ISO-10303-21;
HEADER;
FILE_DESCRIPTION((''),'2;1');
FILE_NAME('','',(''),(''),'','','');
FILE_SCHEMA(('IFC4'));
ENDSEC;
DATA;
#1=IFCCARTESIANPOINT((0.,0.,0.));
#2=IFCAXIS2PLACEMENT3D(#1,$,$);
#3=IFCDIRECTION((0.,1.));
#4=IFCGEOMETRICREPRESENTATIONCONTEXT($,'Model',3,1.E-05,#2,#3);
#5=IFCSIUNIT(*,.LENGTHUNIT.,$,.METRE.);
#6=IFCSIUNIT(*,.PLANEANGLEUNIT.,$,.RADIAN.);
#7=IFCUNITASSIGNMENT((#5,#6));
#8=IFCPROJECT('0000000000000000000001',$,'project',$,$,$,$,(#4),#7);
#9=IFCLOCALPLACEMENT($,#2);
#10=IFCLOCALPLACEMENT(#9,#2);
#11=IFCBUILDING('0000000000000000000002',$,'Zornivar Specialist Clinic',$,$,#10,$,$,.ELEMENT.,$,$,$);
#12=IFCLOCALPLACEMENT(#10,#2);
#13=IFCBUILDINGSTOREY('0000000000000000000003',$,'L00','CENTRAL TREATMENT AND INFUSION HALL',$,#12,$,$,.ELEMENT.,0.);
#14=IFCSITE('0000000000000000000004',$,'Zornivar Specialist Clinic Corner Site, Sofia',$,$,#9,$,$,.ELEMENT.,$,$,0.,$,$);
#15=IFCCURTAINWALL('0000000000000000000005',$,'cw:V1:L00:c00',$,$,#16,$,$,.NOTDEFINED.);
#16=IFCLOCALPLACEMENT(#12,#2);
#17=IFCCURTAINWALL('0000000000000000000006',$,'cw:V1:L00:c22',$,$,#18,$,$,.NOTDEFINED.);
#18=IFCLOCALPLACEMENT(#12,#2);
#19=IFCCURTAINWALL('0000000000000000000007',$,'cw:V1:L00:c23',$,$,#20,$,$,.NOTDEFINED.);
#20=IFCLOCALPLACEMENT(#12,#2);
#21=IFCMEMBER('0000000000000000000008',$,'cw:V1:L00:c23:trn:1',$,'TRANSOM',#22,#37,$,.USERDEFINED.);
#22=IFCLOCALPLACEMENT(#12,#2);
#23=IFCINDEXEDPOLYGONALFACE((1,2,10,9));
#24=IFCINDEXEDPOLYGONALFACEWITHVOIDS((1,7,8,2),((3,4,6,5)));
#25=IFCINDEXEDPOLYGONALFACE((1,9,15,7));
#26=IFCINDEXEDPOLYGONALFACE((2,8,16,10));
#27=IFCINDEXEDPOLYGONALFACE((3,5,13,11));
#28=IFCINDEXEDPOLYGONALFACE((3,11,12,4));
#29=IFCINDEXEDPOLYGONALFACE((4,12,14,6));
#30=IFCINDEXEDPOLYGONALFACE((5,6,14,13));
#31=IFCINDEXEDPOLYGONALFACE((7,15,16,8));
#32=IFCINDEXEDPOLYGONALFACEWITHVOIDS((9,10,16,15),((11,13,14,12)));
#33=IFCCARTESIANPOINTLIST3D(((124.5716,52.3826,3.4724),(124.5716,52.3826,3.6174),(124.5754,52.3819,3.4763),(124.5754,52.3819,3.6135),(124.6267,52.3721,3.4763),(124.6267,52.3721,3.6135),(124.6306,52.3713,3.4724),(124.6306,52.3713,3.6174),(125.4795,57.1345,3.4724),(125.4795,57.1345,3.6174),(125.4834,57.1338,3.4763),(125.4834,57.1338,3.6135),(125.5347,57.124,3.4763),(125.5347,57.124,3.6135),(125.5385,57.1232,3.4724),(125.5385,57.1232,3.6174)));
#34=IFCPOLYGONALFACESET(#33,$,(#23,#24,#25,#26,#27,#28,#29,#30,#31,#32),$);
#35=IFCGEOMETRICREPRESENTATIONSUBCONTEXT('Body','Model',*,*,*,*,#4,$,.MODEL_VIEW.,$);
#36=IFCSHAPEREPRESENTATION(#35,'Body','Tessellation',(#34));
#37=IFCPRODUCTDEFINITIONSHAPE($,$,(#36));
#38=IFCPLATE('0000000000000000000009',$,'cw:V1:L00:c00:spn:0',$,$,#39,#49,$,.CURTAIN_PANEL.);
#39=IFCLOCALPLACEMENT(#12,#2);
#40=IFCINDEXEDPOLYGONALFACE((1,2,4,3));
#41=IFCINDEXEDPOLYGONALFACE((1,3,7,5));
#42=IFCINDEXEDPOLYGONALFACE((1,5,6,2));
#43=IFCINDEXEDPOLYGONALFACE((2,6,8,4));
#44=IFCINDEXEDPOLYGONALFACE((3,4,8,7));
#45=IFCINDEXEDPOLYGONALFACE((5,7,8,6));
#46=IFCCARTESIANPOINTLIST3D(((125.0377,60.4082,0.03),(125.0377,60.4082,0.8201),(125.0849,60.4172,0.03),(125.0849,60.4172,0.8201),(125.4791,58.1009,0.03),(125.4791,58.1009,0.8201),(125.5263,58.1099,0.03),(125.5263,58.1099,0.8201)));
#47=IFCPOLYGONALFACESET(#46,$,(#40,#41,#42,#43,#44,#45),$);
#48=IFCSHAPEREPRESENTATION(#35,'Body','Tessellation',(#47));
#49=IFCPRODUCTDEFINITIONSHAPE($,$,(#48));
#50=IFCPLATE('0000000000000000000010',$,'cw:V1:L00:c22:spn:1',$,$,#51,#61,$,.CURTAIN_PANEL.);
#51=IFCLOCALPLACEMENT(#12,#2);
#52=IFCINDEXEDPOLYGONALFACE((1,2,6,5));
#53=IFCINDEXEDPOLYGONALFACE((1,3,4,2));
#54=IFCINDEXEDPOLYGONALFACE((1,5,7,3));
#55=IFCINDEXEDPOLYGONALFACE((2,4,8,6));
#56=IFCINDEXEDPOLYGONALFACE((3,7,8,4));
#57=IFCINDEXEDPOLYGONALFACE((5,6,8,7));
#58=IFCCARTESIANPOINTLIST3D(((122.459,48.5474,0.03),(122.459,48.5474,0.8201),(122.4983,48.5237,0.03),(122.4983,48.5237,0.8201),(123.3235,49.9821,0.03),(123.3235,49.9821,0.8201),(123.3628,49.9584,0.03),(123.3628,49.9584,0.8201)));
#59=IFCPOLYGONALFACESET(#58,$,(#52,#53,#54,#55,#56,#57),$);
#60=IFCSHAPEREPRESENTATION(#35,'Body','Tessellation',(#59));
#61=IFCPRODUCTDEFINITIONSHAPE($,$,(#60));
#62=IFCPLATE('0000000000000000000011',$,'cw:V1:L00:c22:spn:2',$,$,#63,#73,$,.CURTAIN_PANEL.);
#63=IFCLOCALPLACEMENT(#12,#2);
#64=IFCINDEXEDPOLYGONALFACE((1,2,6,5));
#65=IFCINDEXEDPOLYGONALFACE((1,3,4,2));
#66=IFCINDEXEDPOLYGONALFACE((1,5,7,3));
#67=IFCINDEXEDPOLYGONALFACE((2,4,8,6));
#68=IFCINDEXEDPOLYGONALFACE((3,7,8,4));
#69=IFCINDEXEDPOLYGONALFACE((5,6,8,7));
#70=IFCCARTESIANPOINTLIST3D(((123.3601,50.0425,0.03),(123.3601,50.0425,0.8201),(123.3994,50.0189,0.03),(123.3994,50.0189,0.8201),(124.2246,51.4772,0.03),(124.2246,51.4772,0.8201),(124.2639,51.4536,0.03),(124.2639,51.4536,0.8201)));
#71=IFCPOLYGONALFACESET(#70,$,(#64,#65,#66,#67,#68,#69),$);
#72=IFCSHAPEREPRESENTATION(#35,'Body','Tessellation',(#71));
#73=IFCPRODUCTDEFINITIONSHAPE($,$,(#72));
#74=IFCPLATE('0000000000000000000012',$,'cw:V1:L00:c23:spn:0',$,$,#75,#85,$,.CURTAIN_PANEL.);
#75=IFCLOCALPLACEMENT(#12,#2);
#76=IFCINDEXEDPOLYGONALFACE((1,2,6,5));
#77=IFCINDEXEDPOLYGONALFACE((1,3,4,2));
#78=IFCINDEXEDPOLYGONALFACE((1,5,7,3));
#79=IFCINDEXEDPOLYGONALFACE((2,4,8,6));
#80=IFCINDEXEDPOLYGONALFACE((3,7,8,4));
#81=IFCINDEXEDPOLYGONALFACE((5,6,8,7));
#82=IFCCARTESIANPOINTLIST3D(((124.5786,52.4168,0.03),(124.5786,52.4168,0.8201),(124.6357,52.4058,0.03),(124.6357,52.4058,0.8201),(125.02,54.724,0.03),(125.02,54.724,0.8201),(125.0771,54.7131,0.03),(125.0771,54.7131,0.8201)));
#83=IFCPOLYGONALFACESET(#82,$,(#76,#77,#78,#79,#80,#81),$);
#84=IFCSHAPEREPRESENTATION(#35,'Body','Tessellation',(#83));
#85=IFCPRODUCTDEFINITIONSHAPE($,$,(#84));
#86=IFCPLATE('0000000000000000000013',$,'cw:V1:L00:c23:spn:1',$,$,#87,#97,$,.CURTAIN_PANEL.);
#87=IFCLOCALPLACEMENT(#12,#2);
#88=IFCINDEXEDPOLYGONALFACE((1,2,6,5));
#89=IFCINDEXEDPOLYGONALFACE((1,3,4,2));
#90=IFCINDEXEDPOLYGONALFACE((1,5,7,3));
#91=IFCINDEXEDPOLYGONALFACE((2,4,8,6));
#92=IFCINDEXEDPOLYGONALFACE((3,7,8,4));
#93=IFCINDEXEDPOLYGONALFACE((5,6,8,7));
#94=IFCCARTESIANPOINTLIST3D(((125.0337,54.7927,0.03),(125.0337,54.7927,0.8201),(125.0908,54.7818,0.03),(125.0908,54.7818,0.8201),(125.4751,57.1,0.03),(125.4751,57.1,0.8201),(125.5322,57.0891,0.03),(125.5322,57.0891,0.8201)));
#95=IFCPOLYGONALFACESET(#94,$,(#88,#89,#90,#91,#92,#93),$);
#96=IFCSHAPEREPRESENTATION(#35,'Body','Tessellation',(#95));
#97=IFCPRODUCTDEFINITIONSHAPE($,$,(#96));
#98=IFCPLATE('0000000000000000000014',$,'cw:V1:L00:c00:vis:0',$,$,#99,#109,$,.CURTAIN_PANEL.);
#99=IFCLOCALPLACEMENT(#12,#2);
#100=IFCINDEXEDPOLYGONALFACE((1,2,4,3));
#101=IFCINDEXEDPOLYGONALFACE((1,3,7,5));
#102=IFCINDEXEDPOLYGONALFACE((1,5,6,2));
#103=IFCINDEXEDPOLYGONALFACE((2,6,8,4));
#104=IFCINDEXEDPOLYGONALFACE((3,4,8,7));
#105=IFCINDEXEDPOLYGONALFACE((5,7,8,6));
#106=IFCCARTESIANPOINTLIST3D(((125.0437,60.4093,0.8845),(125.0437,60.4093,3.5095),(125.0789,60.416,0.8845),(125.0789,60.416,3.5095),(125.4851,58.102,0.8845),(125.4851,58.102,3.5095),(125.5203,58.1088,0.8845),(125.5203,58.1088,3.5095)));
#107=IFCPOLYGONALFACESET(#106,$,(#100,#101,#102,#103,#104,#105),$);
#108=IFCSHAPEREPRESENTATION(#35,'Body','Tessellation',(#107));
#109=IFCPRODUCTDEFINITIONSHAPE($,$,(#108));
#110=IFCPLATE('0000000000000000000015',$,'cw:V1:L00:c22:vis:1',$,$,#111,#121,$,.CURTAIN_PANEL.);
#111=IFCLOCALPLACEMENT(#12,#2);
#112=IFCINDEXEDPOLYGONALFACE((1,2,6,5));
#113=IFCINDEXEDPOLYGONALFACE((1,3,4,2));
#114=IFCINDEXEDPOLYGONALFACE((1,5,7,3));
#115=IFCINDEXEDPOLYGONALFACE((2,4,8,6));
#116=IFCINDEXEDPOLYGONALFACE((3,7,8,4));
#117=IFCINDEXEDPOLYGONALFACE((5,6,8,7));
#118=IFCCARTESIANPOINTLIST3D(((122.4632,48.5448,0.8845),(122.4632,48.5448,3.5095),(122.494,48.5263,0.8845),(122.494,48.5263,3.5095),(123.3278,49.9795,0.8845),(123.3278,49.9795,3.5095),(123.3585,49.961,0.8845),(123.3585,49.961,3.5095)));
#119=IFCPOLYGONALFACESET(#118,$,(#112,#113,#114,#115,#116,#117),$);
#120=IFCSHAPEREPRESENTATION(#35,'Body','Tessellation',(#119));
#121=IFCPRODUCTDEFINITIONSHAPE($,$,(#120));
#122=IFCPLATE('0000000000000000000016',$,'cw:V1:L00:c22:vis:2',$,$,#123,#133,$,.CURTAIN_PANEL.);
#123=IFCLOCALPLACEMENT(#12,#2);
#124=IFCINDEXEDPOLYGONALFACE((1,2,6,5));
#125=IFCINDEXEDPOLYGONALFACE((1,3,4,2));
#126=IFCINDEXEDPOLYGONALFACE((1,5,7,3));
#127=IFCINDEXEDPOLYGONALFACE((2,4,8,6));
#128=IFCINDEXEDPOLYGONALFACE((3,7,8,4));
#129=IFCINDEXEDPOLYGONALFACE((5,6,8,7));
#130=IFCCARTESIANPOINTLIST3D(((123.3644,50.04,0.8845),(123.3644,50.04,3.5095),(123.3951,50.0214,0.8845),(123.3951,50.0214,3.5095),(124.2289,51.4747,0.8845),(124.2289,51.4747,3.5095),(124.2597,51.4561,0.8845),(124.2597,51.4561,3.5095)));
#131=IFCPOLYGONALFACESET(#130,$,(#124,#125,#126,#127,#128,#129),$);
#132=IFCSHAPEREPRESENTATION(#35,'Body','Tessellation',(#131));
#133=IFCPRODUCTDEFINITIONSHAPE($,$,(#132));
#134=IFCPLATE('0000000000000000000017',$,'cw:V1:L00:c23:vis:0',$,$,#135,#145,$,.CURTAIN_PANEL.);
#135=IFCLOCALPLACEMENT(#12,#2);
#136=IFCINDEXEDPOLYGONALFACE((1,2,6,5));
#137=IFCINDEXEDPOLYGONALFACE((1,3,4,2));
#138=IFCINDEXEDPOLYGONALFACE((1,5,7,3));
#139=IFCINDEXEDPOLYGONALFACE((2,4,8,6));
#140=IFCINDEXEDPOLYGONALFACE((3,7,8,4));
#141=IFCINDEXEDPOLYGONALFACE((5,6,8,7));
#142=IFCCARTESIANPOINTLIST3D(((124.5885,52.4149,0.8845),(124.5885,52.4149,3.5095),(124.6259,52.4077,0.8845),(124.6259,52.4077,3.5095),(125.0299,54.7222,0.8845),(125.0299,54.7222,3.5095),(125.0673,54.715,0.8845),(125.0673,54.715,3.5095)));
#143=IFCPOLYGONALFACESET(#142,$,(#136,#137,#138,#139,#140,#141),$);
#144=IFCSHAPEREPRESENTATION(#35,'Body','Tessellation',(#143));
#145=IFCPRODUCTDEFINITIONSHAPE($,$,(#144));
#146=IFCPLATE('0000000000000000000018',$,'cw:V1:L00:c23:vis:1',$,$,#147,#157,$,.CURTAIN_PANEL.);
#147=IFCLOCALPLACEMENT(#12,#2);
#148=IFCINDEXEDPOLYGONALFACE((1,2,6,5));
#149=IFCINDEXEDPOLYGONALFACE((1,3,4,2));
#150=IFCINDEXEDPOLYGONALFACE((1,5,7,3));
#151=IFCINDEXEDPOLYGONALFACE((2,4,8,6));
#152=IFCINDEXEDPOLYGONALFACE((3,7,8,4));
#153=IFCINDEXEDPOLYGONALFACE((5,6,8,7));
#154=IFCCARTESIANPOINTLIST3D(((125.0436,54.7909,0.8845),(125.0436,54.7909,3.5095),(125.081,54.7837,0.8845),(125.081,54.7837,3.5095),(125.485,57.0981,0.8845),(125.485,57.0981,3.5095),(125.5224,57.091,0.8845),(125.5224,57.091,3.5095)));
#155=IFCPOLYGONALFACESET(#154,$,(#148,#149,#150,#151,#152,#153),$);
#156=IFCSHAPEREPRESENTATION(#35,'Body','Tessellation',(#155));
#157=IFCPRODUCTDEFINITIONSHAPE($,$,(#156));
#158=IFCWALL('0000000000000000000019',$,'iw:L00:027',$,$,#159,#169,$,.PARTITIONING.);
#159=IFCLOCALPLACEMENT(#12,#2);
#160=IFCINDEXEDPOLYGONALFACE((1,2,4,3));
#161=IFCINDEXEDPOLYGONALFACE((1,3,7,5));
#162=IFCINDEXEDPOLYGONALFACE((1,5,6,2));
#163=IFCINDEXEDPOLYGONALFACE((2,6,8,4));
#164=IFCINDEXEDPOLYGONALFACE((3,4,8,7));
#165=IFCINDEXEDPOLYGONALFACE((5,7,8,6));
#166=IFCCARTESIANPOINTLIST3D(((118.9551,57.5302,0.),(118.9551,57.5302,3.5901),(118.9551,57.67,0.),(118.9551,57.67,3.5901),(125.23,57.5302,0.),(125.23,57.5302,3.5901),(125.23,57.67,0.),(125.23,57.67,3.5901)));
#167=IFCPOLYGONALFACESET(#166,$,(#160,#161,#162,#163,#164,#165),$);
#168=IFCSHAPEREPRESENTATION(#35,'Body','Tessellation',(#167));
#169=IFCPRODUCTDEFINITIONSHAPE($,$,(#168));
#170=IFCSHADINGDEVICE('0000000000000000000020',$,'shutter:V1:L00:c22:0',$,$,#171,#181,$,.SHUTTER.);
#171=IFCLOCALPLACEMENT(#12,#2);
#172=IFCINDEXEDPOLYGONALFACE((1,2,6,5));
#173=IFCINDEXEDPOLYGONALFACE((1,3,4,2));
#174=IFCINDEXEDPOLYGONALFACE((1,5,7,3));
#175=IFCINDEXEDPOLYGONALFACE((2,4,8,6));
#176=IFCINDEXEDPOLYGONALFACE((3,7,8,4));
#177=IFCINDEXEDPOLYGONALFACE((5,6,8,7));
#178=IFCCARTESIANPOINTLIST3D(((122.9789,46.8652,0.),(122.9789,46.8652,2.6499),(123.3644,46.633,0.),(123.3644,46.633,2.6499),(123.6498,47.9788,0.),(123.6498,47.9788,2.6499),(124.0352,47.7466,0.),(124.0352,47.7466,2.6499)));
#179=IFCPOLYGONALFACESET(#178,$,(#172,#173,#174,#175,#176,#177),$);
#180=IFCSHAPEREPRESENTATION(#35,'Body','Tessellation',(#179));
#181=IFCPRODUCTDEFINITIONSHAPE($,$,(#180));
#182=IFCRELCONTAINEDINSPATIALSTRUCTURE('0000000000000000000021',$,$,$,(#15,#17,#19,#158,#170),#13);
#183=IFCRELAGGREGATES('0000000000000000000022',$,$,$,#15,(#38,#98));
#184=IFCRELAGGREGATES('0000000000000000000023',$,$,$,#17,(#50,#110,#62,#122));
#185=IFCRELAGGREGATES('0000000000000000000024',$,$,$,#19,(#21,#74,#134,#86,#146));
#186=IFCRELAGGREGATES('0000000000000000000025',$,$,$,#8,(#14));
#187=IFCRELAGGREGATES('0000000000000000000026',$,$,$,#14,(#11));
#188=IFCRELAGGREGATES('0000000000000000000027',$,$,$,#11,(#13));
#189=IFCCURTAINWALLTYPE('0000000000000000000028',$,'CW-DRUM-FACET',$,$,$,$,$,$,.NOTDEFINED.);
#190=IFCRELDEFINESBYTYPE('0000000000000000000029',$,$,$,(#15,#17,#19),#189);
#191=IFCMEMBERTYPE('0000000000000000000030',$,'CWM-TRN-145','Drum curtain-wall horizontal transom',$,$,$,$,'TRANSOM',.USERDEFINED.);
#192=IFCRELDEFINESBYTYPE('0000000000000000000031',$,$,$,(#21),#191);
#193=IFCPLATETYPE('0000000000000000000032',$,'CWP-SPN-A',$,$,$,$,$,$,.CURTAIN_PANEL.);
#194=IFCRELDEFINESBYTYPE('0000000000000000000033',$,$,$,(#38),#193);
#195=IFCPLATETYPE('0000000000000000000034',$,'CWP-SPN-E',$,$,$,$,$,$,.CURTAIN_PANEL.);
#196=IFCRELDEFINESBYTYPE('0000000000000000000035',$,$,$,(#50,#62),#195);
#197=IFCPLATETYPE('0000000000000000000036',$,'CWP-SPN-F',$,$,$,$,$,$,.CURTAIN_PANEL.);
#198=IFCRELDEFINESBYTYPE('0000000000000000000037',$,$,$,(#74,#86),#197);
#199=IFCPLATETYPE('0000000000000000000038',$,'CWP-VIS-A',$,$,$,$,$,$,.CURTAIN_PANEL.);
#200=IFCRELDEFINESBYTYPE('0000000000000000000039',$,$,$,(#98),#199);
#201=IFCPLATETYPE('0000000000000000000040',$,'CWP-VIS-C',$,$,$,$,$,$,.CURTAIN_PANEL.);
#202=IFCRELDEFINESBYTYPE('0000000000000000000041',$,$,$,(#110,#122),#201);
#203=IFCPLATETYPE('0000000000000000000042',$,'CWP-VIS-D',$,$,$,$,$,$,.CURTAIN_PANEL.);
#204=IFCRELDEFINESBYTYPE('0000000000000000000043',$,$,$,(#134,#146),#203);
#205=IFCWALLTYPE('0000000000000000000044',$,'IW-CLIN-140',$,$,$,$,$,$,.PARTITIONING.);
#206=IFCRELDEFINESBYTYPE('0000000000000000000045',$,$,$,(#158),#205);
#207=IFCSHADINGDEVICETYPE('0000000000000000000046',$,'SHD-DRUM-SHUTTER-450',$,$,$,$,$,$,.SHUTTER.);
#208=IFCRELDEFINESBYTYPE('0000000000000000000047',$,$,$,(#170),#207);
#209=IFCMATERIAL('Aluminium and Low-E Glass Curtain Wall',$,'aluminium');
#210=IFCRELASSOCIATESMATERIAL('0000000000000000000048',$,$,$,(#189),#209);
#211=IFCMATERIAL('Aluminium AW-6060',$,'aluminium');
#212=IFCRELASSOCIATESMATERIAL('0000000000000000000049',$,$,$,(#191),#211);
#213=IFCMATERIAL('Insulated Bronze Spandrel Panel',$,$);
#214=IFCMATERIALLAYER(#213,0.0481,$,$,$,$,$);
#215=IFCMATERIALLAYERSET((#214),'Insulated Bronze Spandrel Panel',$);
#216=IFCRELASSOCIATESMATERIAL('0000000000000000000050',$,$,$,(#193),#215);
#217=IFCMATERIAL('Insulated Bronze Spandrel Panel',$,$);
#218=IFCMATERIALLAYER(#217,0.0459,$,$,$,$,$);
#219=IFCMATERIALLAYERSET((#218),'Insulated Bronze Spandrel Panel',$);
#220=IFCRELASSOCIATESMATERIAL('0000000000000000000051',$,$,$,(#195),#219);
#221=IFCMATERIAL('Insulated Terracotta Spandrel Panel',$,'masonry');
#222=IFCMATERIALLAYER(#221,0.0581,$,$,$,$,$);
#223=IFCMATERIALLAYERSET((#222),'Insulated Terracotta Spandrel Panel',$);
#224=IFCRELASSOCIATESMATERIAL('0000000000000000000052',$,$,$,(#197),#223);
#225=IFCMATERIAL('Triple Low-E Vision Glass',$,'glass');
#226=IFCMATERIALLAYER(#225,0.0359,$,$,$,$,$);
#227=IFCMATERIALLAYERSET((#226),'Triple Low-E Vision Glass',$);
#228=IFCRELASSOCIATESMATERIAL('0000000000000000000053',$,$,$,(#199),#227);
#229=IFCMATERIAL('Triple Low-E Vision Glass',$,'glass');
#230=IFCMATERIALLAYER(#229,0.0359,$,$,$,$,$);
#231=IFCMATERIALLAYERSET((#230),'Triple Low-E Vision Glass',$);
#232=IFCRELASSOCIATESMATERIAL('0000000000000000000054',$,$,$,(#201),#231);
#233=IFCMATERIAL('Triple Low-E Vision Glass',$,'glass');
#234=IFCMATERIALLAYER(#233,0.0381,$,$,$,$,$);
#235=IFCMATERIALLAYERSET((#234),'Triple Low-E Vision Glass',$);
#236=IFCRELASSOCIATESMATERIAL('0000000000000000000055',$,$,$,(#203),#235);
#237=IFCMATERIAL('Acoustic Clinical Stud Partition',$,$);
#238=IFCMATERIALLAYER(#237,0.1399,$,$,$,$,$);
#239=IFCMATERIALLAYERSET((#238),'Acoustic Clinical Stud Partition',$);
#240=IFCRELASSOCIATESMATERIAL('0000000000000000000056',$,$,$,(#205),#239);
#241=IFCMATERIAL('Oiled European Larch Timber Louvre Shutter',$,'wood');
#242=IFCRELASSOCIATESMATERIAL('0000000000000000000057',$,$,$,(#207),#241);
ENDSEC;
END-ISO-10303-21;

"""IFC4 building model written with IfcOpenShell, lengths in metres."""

from ifc_helpers import new_model, si_unit, direction, frame, frame_2d, origin, origin_2d, place, context, subcontext, project, spatial, rectangle, hollow_rectangle, extrude, material, layer, layer_set, material_profile, profile_set, type_object, element, aggregate, save


model = new_model("IFC4")

# Units and contexts
model_context = context("Model", 3, precision=1e-05, world=origin(), true_north=direction((0.0, 1.0)))
body_context = subcontext(model_context, "Body", "Model", "MODEL_VIEW")
ifc_project = project(units=[si_unit("LENGTHUNIT", "METRE"), si_unit("PLANEANGLEUNIT", "RADIAN")], contexts=[model_context])

# Site, building, storey
site_placement = place(None, origin())
site = spatial("IfcSite", under=ifc_project, at=site_placement, Name="Zornivar Specialist Clinic Corner Site, Sofia", CompositionType="ELEMENT", RefElevation=0.0)
building_placement = place(site_placement, origin())
building = spatial("IfcBuilding", under=site, at=building_placement, Name="Zornivar Specialist Clinic", CompositionType="ELEMENT")
storey_placement = place(building_placement, origin())
storey = spatial("IfcBuildingStorey", under=building, at=storey_placement, Name="L00", Description="CENTRAL TREATMENT AND INFUSION HALL", CompositionType="ELEMENT", Elevation=0.0)

# Curtain walls
ifc_material_1 = material(Name="Aluminium and Low-E Glass Curtain Wall", Category="aluminium")
curtain_wall_type = type_object("IfcCurtainWallType", Name="CW-DRUM-FACET", PredefinedType="NOTDEFINED", material=ifc_material_1)
curtain_wall_1_placement = place(storey_placement, origin())
curtain_wall_1 = element("IfcCurtainWall", 1, at=curtain_wall_1_placement, inside=storey, type_object=curtain_wall_type, Name="cw:V1:L00:c00", PredefinedType="NOTDEFINED")
curtain_wall_2_placement = place(storey_placement, origin())
curtain_wall_2 = element("IfcCurtainWall", 2, at=curtain_wall_2_placement, inside=storey, type_object=curtain_wall_type, Name="cw:V1:L00:c22", PredefinedType="NOTDEFINED")
curtain_wall_3_placement = place(storey_placement, origin())
curtain_wall_3 = element("IfcCurtainWall", 3, at=curtain_wall_3_placement, inside=storey, type_object=curtain_wall_type, Name="cw:V1:L00:c23", PredefinedType="NOTDEFINED")

# Member
ifc_material_2 = material(Name="Aluminium AW-6060", Category="aluminium")
ifc_material_profile_1 = material_profile(ifc_material_2, hollow_rectangle(XDim=0.0601, YDim=0.145, WallThickness=0.0039, at=origin_2d()), Name="ALU 60x145x4")
ifc_profile_set_1 = profile_set([ifc_material_profile_1], Name="Aluminium AW-6060")
member_type_1 = type_object("IfcMemberType", Name="CWM-TRN-145", Description="Drum curtain-wall horizontal transom", ElementType="TRANSOM", PredefinedType="USERDEFINED", material=ifc_profile_set_1)
member_1_placement = place(storey_placement, frame((124.6011, 52.377, 3.5449), z_axis=(0.187676, 0.982231, 0.0), x_axis=(-0.982231, 0.187676, 0.0)))
member_1 = element("IfcMember", 4, at=member_1_placement, type_object=member_type_1, Name="cw:V1:L00:c23:trn:1", ObjectType="TRANSOM", PredefinedType="USERDEFINED", context=body_context, shape_type="SweptSolid", body=[
    extrude(hollow_rectangle(XDim=0.0601, YDim=0.145, WallThickness=0.0039, at=origin_2d()), origin(), (0.0, 0.0, 1.0), 4.8379),
])

# Plates
ifc_material_3 = material(Name="Insulated Bronze Spandrel Panel")
ifc_layer_1 = layer(ifc_material_3, 0.0481)
ifc_layer_set_1 = layer_set([ifc_layer_1], Name="Insulated Bronze Spandrel Panel")
plate_type_1 = type_object("IfcPlateType", Name="CWP-SPN-A", PredefinedType="CURTAIN_PANEL", material=ifc_layer_set_1)
plate_1_placement = place(storey_placement, frame((125.282, 59.259, 0.03), z_axis=(0.0, 0.0, 1.0), x_axis=(-0.187897, 0.982189, 0.0)))
plate_1 = element("IfcPlate", 5, at=plate_1_placement, type_object=plate_type_1, Name="cw:V1:L00:c00:spn:0", PredefinedType="CURTAIN_PANEL", context=body_context, shape_type="SweptSolid", body=[
    extrude(rectangle(XDim=2.3491, YDim=0.0481, at=origin_2d()), origin(), (0.0, 0.0, 1.0), 0.79),
])
ifc_material_4 = material(Name="Insulated Bronze Spandrel Panel")
ifc_layer_2 = layer(ifc_material_4, 0.0459)
ifc_layer_set_2 = layer_set([ifc_layer_2], Name="Insulated Bronze Spandrel Panel")
plate_type_2 = type_object("IfcPlateType", Name="CWP-SPN-E", PredefinedType="CURTAIN_PANEL", material=ifc_layer_set_2)
plate_2_placement = place(storey_placement, frame((122.9109, 49.2529, 0.03), z_axis=(0.0, 0.0, 1.0), x_axis=(0.516127, 0.856512, 0.0)))
plate_2 = element("IfcPlate", 6, at=plate_2_placement, type_object=plate_type_2, Name="cw:V1:L00:c22:spn:1", PredefinedType="CURTAIN_PANEL", context=body_context, shape_type="SweptSolid", body=[
    extrude(rectangle(XDim=1.675, YDim=0.0459, at=origin_2d()), origin(), (0.0, 0.0, 1.0), 0.79),
])
plate_3_placement = place(storey_placement, frame((123.812, 50.748, 0.03), z_axis=(0.0, 0.0, 1.0), x_axis=(0.516127, 0.856512, 0.0)))
plate_3 = element("IfcPlate", 7, at=plate_3_placement, type_object=plate_type_2, Name="cw:V1:L00:c22:spn:2", PredefinedType="CURTAIN_PANEL", context=body_context, shape_type="SweptSolid", body=[
    extrude(rectangle(XDim=1.675, YDim=0.0459, at=origin_2d()), origin(), (0.0, 0.0, 1.0), 0.79),
])
ifc_material_5 = material(Name="Insulated Terracotta Spandrel Panel", Category="masonry")
ifc_layer_3 = layer(ifc_material_5, 0.0581)
ifc_layer_set_3 = layer_set([ifc_layer_3], Name="Insulated Terracotta Spandrel Panel")
plate_type_3 = type_object("IfcPlateType", Name="CWP-SPN-F", PredefinedType="CURTAIN_PANEL", material=ifc_layer_set_3)
plate_4_placement = place(storey_placement, frame((124.8279, 53.5649, 0.03), z_axis=(0.0, 0.0, 1.0), x_axis=(0.187897, 0.982189, 0.0)))
plate_4 = element("IfcPlate", 8, at=plate_4_placement, type_object=plate_type_3, Name="cw:V1:L00:c23:spn:0", PredefinedType="CURTAIN_PANEL", context=body_context, shape_type="SweptSolid", body=[
    extrude(rectangle(XDim=2.3491, YDim=0.0581, at=origin_2d()), origin(), (0.0, 0.0, 1.0), 0.79),
])
plate_5_placement = place(storey_placement, frame((125.283, 55.9409, 0.03), z_axis=(0.0, 0.0, 1.0), x_axis=(0.187897, 0.982189, 0.0)))
plate_5 = element("IfcPlate", 9, at=plate_5_placement, type_object=plate_type_3, Name="cw:V1:L00:c23:spn:1", PredefinedType="CURTAIN_PANEL", context=body_context, shape_type="SweptSolid", body=[
    extrude(rectangle(XDim=2.3491, YDim=0.0581, at=origin_2d()), origin(), (0.0, 0.0, 1.0), 0.79),
])
ifc_material_6 = material(Name="Triple Low-E Vision Glass", Category="glass")
ifc_layer_4 = layer(ifc_material_6, 0.0359)
ifc_layer_set_4 = layer_set([ifc_layer_4], Name="Triple Low-E Vision Glass")
plate_type_4 = type_object("IfcPlateType", Name="CWP-VIS-A", PredefinedType="CURTAIN_PANEL", material=ifc_layer_set_4)
plate_6_placement = place(storey_placement, frame((125.282, 59.259, 0.8845), z_axis=(0.0, 0.0, 1.0), x_axis=(-0.187897, 0.982189, 0.0)))
plate_6 = element("IfcPlate", 10, at=plate_6_placement, type_object=plate_type_4, Name="cw:V1:L00:c00:vis:0", PredefinedType="CURTAIN_PANEL", context=body_context, shape_type="SweptSolid", body=[
    extrude(rectangle(XDim=2.3491, YDim=0.0359, at=origin_2d()), origin(), (0.0, 0.0, 1.0), 2.625),
])
aggregate(curtain_wall_1, [plate_1, plate_6])
ifc_material_7 = material(Name="Triple Low-E Vision Glass", Category="glass")
ifc_layer_5 = layer(ifc_material_7, 0.0359)
ifc_layer_set_5 = layer_set([ifc_layer_5], Name="Triple Low-E Vision Glass")
plate_type_5 = type_object("IfcPlateType", Name="CWP-VIS-C", PredefinedType="CURTAIN_PANEL", material=ifc_layer_set_5)
plate_7_placement = place(storey_placement, frame((122.9109, 49.2529, 0.8845), z_axis=(0.0, 0.0, 1.0), x_axis=(0.516127, 0.856512, 0.0)))
plate_7 = element("IfcPlate", 11, at=plate_7_placement, type_object=plate_type_5, Name="cw:V1:L00:c22:vis:1", PredefinedType="CURTAIN_PANEL", context=body_context, shape_type="SweptSolid", body=[
    extrude(rectangle(XDim=1.675, YDim=0.0359, at=origin_2d()), origin(), (0.0, 0.0, 1.0), 2.625),
])
plate_8_placement = place(storey_placement, frame((123.812, 50.748, 0.8845), z_axis=(0.0, 0.0, 1.0), x_axis=(0.516127, 0.856512, 0.0)))
plate_8 = element("IfcPlate", 12, at=plate_8_placement, type_object=plate_type_5, Name="cw:V1:L00:c22:vis:2", PredefinedType="CURTAIN_PANEL", context=body_context, shape_type="SweptSolid", body=[
    extrude(rectangle(XDim=1.675, YDim=0.0359, at=origin_2d()), origin(), (0.0, 0.0, 1.0), 2.625),
])
aggregate(curtain_wall_2, [plate_2, plate_7, plate_3, plate_8])
ifc_material_8 = material(Name="Triple Low-E Vision Glass", Category="glass")
ifc_layer_6 = layer(ifc_material_8, 0.0381)
ifc_layer_set_6 = layer_set([ifc_layer_6], Name="Triple Low-E Vision Glass")
plate_type_6 = type_object("IfcPlateType", Name="CWP-VIS-D", PredefinedType="CURTAIN_PANEL", material=ifc_layer_set_6)
plate_9_placement = place(storey_placement, frame((124.8279, 53.5649, 0.8845), z_axis=(0.0, 0.0, 1.0), x_axis=(0.187897, 0.982189, 0.0)))
plate_9 = element("IfcPlate", 13, at=plate_9_placement, type_object=plate_type_6, Name="cw:V1:L00:c23:vis:0", PredefinedType="CURTAIN_PANEL", context=body_context, shape_type="SweptSolid", body=[
    extrude(rectangle(XDim=2.3491, YDim=0.0381, at=origin_2d()), origin(), (0.0, 0.0, 1.0), 2.625),
])
plate_10_placement = place(storey_placement, frame((125.283, 55.9409, 0.8845), z_axis=(0.0, 0.0, 1.0), x_axis=(0.187897, 0.982189, 0.0)))
plate_10 = element("IfcPlate", 14, at=plate_10_placement, type_object=plate_type_6, Name="cw:V1:L00:c23:vis:1", PredefinedType="CURTAIN_PANEL", context=body_context, shape_type="SweptSolid", body=[
    extrude(rectangle(XDim=2.3491, YDim=0.0381, at=origin_2d()), origin(), (0.0, 0.0, 1.0), 2.625),
])
aggregate(curtain_wall_3, [member_1, plate_4, plate_9, plate_5, plate_10])

# Wall
ifc_material_9 = material(Name="Acoustic Clinical Stud Partition")
ifc_layer_7 = layer(ifc_material_9, 0.1399)
ifc_layer_set_7 = layer_set([ifc_layer_7], Name="Acoustic Clinical Stud Partition")
wall_type = type_object("IfcWallType", Name="IW-CLIN-140", PredefinedType="PARTITIONING", material=ifc_layer_set_7)
wall_placement = place(storey_placement, frame((125.23, 57.6001, 0.0), z_axis=(0.0, 0.0, 1.0), x_axis=(-1.0, 0.0, 0.0)))
element("IfcWall", 15, at=wall_placement, inside=storey, type_object=wall_type, Name="iw:L00:027", PredefinedType="PARTITIONING", context=body_context, shape_type="SweptSolid", body=[
    extrude(rectangle(XDim=6.2749, YDim=0.1399, at=frame_2d((3.1375, 0.0))), origin(), (0.0, 0.0, 1.0), 3.5901),
])

# Shading device
ifc_material_10 = material(Name="Oiled European Larch Timber Louvre Shutter", Category="wood")
shading_device_type = type_object("IfcShadingDeviceType", Name="SHD-DRUM-SHUTTER-450", PredefinedType="SHUTTER", material=ifc_material_10)
for number, where, z_axis, x_axis, name in (
    (16, (123.5071, 47.3059, 0.0), (0.0, 0.0, 1.0), (0.516018, 0.856578, 0.0), "shutter:V1:L00:c22:0"),
):
    element("IfcShadingDevice", number, at=place(storey_placement, frame(where, z_axis=z_axis, x_axis=x_axis)), inside=storey, type_object=shading_device_type, Name=name, PredefinedType="SHUTTER", context=body_context, shape_type="SweptSolid", body=[
        extrude(rectangle(XDim=1.3, YDim=0.45, at=origin_2d()), origin(), (0.0, 0.0, 1.0), 2.6499),
    ])

save(model, "model.ifc")
